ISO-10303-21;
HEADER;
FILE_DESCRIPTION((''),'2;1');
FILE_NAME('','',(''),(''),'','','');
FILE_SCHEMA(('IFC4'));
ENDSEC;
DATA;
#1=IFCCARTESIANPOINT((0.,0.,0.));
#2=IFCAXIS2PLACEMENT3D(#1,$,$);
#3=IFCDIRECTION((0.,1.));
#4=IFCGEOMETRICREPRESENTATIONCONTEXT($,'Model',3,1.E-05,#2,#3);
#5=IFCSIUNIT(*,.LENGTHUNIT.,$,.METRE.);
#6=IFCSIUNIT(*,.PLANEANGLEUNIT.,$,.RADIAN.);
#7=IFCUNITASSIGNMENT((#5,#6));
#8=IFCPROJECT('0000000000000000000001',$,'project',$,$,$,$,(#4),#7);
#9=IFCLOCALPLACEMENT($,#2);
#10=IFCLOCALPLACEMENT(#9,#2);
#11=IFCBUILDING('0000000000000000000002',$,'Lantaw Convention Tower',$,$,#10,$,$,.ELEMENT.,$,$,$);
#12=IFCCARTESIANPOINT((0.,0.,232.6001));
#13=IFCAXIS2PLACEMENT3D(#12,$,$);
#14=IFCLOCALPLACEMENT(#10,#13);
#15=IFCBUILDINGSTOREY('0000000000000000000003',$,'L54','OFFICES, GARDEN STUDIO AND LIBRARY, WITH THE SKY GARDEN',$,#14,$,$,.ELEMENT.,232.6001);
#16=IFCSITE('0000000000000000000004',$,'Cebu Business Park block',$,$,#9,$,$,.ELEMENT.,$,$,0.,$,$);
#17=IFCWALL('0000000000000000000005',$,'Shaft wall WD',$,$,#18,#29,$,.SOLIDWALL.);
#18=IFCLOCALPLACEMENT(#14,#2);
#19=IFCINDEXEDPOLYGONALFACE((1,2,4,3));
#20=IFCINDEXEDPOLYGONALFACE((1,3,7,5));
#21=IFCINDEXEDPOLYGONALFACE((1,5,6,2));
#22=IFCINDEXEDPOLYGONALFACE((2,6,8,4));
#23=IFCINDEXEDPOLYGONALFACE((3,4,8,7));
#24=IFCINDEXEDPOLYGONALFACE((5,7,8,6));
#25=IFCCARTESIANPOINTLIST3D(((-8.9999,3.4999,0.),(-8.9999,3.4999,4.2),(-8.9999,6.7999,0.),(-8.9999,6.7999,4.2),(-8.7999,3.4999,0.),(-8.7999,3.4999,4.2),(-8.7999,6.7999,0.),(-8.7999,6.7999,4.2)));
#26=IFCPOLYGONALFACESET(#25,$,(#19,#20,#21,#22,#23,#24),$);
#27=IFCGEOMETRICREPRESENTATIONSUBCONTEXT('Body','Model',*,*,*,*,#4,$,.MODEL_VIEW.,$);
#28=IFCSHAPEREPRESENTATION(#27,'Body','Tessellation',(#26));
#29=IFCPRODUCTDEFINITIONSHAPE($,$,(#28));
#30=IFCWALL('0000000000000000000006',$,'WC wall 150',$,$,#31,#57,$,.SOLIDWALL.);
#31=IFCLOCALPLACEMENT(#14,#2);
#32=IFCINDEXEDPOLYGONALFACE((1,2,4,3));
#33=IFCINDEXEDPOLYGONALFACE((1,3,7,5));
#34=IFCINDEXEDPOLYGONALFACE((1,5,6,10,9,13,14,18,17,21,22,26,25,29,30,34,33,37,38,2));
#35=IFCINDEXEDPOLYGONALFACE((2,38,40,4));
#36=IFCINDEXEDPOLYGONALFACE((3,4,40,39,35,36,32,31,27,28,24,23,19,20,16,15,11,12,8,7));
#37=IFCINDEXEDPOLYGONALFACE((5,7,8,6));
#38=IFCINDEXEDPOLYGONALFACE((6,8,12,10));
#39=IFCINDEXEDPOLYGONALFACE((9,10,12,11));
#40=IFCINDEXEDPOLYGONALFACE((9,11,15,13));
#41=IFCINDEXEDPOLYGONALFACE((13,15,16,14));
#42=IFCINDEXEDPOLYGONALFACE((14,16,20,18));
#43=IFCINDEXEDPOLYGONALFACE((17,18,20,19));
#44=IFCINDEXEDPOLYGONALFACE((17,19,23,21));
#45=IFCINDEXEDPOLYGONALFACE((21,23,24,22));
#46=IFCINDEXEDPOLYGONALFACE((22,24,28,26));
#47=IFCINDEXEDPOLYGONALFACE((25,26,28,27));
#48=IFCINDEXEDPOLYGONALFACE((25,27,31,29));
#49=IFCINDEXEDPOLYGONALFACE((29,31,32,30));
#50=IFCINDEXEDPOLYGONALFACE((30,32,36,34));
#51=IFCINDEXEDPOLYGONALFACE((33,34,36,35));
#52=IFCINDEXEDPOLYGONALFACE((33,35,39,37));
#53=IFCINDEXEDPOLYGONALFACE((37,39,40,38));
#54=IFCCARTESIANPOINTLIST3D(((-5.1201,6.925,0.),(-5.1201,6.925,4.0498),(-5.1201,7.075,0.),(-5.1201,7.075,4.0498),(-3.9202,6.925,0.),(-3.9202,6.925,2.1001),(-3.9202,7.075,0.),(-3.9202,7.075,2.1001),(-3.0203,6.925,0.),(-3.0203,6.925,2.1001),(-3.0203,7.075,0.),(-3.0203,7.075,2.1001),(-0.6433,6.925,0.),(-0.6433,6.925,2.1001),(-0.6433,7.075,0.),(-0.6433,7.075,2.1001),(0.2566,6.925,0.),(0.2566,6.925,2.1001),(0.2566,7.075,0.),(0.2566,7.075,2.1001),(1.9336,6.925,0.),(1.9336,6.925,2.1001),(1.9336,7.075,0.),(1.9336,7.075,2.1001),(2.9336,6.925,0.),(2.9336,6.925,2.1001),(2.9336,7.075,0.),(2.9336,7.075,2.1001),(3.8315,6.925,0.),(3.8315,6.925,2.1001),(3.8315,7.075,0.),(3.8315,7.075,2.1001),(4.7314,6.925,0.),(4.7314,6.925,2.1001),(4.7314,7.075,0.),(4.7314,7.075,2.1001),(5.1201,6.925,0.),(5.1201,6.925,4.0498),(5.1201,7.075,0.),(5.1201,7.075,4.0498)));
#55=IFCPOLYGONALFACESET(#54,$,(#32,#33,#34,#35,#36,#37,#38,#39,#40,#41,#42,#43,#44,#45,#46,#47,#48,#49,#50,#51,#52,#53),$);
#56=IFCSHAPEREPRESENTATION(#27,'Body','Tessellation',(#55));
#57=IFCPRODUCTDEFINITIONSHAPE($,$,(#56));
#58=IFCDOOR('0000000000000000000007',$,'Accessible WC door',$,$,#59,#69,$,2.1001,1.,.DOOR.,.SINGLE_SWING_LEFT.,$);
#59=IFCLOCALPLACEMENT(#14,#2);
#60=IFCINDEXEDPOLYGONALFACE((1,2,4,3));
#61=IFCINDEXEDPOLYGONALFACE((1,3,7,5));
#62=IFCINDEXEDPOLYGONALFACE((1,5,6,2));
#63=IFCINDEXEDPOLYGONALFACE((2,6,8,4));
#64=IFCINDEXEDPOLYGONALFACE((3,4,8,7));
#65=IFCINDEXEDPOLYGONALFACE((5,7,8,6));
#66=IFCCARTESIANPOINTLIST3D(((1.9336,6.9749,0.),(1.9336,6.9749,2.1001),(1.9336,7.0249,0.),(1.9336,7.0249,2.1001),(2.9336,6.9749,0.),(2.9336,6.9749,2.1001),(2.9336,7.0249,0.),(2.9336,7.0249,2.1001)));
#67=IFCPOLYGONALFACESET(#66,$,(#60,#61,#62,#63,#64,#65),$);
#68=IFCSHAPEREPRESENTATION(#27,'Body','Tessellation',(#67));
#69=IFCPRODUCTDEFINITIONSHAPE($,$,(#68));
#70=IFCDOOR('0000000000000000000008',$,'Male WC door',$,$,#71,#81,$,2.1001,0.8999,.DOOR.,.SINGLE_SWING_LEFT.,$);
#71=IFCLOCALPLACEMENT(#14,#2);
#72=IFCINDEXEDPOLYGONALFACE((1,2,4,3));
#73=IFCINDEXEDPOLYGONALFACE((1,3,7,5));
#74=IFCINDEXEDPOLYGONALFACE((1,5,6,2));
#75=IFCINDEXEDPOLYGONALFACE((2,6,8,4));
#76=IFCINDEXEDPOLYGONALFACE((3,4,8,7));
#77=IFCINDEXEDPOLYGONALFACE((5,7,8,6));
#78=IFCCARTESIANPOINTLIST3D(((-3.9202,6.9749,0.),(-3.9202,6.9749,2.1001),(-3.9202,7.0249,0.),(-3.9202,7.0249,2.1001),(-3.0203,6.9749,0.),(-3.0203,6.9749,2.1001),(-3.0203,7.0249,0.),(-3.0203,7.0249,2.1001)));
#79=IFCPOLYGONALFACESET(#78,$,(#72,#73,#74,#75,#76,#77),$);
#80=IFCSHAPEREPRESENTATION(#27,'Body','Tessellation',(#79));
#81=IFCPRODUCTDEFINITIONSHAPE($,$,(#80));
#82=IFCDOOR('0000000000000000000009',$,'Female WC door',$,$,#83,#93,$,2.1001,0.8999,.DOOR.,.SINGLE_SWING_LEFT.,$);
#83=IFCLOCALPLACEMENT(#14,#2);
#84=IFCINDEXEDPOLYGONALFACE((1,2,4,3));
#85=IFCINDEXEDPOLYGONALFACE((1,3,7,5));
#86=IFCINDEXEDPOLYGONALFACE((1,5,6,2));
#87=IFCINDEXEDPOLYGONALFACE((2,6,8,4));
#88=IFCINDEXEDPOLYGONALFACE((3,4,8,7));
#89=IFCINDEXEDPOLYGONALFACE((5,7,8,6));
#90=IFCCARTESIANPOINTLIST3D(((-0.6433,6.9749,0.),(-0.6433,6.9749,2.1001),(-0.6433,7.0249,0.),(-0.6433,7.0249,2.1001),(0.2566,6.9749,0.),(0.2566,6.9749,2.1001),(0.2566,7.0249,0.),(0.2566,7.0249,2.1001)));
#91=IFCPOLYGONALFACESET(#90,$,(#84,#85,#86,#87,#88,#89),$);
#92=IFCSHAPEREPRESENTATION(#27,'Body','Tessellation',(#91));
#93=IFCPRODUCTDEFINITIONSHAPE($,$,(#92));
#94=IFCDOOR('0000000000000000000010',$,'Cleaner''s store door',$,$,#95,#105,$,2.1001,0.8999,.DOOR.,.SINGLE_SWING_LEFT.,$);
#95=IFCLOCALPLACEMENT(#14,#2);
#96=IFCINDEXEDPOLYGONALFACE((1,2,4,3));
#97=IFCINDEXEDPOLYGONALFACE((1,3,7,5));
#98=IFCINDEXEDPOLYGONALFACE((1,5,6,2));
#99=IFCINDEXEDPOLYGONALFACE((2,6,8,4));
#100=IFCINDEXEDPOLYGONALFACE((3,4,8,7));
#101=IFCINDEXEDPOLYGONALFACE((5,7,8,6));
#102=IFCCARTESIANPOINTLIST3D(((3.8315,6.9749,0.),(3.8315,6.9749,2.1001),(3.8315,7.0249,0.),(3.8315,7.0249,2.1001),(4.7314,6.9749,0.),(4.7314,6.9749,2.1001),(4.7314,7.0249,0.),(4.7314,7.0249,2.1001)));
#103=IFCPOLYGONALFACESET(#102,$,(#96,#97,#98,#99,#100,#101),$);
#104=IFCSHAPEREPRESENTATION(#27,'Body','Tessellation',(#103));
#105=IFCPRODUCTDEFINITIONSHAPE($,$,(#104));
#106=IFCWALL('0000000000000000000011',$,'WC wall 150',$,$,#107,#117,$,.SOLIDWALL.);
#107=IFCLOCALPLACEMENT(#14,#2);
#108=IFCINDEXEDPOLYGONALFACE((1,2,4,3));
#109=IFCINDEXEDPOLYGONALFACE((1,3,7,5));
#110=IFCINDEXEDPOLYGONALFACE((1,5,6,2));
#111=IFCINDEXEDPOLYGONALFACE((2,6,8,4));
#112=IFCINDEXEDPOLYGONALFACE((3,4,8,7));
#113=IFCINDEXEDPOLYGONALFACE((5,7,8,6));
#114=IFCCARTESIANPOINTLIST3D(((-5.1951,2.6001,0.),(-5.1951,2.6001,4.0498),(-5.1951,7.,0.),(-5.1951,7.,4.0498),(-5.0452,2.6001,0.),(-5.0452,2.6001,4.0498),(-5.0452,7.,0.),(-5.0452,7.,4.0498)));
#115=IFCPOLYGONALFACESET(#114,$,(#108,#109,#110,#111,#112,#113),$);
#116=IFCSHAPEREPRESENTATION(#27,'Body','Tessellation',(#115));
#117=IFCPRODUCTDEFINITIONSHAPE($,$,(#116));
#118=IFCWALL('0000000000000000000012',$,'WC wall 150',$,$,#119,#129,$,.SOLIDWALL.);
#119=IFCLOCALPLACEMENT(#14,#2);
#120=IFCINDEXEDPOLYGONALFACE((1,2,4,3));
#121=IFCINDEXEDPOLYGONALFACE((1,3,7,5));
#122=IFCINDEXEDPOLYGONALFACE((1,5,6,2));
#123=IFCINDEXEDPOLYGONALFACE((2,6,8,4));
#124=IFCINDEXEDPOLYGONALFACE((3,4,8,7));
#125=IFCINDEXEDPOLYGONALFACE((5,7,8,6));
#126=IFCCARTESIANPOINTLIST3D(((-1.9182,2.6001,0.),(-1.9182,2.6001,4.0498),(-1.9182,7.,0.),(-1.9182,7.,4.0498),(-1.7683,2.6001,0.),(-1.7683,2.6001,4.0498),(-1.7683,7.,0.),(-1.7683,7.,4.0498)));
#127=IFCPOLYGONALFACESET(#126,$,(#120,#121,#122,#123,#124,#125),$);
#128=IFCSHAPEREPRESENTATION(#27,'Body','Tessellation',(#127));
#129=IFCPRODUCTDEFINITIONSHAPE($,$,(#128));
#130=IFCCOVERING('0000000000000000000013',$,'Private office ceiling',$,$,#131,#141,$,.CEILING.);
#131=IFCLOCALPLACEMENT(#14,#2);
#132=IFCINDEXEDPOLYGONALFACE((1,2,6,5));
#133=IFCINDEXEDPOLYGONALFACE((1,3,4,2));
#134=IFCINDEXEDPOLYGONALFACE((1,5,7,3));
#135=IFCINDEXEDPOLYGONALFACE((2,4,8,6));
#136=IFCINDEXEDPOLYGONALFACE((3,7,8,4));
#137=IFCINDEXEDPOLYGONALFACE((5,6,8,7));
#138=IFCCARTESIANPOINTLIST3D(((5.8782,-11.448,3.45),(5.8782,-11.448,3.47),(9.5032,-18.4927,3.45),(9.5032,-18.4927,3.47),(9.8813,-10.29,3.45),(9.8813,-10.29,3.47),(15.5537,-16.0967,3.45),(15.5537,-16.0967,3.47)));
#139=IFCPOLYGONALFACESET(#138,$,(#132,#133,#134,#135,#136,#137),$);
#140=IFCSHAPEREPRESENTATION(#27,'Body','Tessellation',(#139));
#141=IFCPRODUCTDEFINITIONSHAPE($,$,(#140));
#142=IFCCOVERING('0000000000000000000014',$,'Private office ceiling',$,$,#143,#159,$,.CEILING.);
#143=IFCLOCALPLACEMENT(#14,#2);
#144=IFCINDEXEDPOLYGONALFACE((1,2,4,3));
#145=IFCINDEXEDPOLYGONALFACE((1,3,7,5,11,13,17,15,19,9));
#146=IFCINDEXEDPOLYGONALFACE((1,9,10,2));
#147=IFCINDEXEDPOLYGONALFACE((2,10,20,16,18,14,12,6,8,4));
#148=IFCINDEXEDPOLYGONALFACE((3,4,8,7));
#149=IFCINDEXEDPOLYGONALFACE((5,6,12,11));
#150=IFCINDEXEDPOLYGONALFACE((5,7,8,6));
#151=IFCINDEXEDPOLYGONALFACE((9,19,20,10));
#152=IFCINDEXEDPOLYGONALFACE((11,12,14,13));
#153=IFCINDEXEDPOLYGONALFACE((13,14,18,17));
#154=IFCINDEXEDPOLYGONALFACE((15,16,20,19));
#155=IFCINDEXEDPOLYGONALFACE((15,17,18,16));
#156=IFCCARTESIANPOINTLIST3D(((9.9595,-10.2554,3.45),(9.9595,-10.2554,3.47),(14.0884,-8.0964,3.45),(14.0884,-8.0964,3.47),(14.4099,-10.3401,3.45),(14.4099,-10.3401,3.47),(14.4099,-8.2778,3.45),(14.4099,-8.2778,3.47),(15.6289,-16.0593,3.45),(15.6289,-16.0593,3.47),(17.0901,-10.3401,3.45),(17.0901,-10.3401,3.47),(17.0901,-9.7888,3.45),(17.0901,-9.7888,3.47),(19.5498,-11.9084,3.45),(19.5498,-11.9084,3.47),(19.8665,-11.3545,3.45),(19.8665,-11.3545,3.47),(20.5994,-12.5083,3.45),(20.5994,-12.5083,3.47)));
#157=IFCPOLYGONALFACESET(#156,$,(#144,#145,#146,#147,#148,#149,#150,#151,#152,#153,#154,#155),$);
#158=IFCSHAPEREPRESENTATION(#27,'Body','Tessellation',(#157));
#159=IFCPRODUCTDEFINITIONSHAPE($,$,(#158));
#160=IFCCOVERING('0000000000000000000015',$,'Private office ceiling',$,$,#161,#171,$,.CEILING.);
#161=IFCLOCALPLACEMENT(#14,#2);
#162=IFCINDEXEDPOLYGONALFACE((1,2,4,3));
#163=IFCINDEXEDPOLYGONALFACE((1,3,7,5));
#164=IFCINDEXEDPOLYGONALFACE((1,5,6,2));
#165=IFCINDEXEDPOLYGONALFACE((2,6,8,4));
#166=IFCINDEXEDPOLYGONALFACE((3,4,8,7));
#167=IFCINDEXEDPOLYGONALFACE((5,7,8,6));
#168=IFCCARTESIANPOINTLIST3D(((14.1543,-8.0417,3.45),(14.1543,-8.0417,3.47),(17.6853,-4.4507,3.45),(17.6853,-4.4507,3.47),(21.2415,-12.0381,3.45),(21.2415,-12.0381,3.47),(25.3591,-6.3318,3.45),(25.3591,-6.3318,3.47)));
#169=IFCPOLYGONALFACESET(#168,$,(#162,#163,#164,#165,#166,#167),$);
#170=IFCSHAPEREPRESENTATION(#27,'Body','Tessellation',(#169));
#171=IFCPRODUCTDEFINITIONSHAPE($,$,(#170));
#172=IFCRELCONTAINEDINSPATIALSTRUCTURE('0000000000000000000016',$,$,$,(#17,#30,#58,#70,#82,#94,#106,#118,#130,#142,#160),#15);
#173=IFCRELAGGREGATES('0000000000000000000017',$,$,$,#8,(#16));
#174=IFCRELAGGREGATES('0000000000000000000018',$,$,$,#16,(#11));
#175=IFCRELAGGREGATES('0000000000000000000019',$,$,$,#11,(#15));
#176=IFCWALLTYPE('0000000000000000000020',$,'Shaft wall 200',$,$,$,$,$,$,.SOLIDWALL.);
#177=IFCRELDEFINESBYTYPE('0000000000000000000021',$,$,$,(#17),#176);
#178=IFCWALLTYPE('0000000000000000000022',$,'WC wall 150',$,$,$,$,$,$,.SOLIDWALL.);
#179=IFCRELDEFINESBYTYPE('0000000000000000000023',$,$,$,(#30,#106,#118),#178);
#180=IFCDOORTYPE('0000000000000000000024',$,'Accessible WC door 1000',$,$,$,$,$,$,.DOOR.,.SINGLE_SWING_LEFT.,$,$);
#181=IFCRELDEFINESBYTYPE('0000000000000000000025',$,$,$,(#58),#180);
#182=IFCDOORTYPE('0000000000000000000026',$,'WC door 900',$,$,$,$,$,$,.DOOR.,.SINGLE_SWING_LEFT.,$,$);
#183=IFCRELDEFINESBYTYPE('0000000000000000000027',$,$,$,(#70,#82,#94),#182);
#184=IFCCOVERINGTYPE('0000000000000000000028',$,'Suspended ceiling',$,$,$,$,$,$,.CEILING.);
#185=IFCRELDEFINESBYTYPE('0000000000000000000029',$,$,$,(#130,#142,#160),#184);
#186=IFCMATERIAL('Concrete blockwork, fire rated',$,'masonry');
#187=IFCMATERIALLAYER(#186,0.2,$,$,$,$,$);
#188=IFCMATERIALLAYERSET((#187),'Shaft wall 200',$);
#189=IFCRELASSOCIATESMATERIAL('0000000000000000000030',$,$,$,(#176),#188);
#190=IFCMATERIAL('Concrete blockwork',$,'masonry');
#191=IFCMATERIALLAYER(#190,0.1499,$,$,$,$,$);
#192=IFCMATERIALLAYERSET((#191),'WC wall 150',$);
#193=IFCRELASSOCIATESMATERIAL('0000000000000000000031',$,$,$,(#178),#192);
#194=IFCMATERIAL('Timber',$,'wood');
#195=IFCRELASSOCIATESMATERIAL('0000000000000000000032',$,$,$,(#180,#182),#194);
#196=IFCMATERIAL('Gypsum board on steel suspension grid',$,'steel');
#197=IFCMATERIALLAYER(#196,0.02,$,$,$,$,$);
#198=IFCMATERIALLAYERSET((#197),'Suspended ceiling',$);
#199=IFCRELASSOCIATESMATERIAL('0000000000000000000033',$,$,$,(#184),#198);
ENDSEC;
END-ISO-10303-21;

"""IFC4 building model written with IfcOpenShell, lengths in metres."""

from ifc_helpers import new_model, si_unit, direction, frame, frame_2d, origin, place, context, subcontext, project, spatial, polyline, rectangle, outline, extrude, material, layer, layer_set, type_object, element, fill, save


model = new_model("IFC4")

# Units and contexts
model_context = context("Model", 3, precision=1e-05, world=origin(), true_north=direction((0.0, 1.0)))
body_context = subcontext(model_context, "Body", "Model", "MODEL_VIEW")
ifc_project = project(units=[si_unit("LENGTHUNIT", "METRE"), si_unit("PLANEANGLEUNIT", "RADIAN")], contexts=[model_context])

# Site, building, storey
site_placement = place(None, origin())
site = spatial("IfcSite", under=ifc_project, at=site_placement, Name="Cebu Business Park block", CompositionType="ELEMENT", RefElevation=0.0)
building_placement = place(site_placement, origin())
building = spatial("IfcBuilding", under=site, at=building_placement, Name="Lantaw Convention Tower", CompositionType="ELEMENT")
storey_placement = place(building_placement, frame((0.0, 0.0, 232.6001)))
storey = spatial("IfcBuildingStorey", under=building, at=storey_placement, Name="L54", Description="OFFICES, GARDEN STUDIO AND LIBRARY, WITH THE SKY GARDEN", CompositionType="ELEMENT", Elevation=232.6001)

# Wall
ifc_material_1 = material(Name="Concrete blockwork, fire rated", Category="masonry")
ifc_layer_1 = layer(ifc_material_1, 0.2)
ifc_layer_set_1 = layer_set([ifc_layer_1], Name="Shaft wall 200")
wall_type_1 = type_object("IfcWallType", Name="Shaft wall 200", PredefinedType="SOLIDWALL", material=ifc_layer_set_1)
wall_1_placement = place(storey_placement, frame((-8.8999, 3.5, 0.0), z_axis=(0.0, 0.0, 1.0), x_axis=(0.0, 1.0, 0.0)))
element("IfcWall", 1, at=wall_1_placement, inside=storey, type_object=wall_type_1, Name="Shaft wall WD", PredefinedType="SOLIDWALL", context=body_context, shape_type="SweptSolid", body=[
    extrude(rectangle(XDim=3.3, YDim=0.2, at=frame_2d((1.6499, 0.0))), origin(), (0.0, 0.0, 1.0), 4.2),
])

# Wall, openings, doors
ifc_material_2 = material(Name="Concrete blockwork", Category="masonry")
ifc_layer_2 = layer(ifc_material_2, 0.1499)
ifc_layer_set_2 = layer_set([ifc_layer_2], Name="WC wall 150")
wall_type_2 = type_object("IfcWallType", Name="WC wall 150", PredefinedType="SOLIDWALL", material=ifc_layer_set_2)
wall_2_placement = place(storey_placement, frame((-5.1201, 7.0, 0.0), z_axis=(0.0, 0.0, 1.0), x_axis=(1.0, 0.0, 0.0)))
wall_2 = element("IfcWall", 2, at=wall_2_placement, inside=storey, type_object=wall_type_2, Name="WC wall 150", PredefinedType="SOLIDWALL", context=body_context, shape_type="SweptSolid", body=[
    extrude(rectangle(XDim=10.2402, YDim=0.1499, at=frame_2d((5.1201, 0.0))), origin(), (0.0, 0.0, 1.0), 4.0498),
])
opening_1_placement = place(wall_2_placement, frame((1.2, 0.0, 0.0)))
opening_1 = element("IfcOpeningElement", 3, at=opening_1_placement, cuts=wall_2, PredefinedType="OPENING", context=body_context, shape_type="SweptSolid", body=[
    extrude(rectangle(XDim=0.8999, YDim=2.1001, at=frame_2d((0.45, 1.05))), frame((0.0, 0.085, 0.0), z_axis=(0.0, -1.0, 0.0), x_axis=(1.0, 0.0, 0.0)), (0.0, 0.0, 1.0), 0.1699),
])
opening_2_placement = place(wall_2_placement, frame((4.4768, 0.0, 0.0)))
opening_2 = element("IfcOpeningElement", 4, at=opening_2_placement, cuts=wall_2, PredefinedType="OPENING", context=body_context, shape_type="SweptSolid", body=[
    extrude(rectangle(XDim=0.8999, YDim=2.1001, at=frame_2d((0.45, 1.05))), frame((0.0, 0.085, 0.0), z_axis=(0.0, -1.0, 0.0), x_axis=(1.0, 0.0, 0.0)), (0.0, 0.0, 1.0), 0.1699),
])
opening_3_placement = place(wall_2_placement, frame((7.0537, 0.0, 0.0)))
opening_3 = element("IfcOpeningElement", 5, at=opening_3_placement, cuts=wall_2, PredefinedType="OPENING", context=body_context, shape_type="SweptSolid", body=[
    extrude(rectangle(XDim=1.0, YDim=2.1001, at=frame_2d((0.5, 1.05))), frame((0.0, 0.085, 0.0), z_axis=(0.0, -1.0, 0.0), x_axis=(1.0, 0.0, 0.0)), (0.0, 0.0, 1.0), 0.1699),
])
opening_4_placement = place(wall_2_placement, frame((8.9517, 0.0, 0.0)))
opening_4 = element("IfcOpeningElement", 6, at=opening_4_placement, cuts=wall_2, PredefinedType="OPENING", context=body_context, shape_type="SweptSolid", body=[
    extrude(rectangle(XDim=0.8999, YDim=2.1001, at=frame_2d((0.45, 1.05))), frame((0.0, 0.085, 0.0), z_axis=(0.0, -1.0, 0.0), x_axis=(1.0, 0.0, 0.0)), (0.0, 0.0, 1.0), 0.1699),
])
ifc_material_3 = material(Name="Timber", Category="wood")
door_type_1 = type_object("IfcDoorType", Name="Accessible WC door 1000", OperationType="SINGLE_SWING_LEFT", PredefinedType="DOOR", material=ifc_material_3)
door_1_placement = place(opening_3_placement, origin())
door_1 = element("IfcDoor", 7, at=door_1_placement, inside=storey, type_object=door_type_1, Name="Accessible WC door", OperationType="SINGLE_SWING_LEFT", OverallHeight=2.1001, OverallWidth=1.0, PredefinedType="DOOR", context=body_context, shape_type="SweptSolid", body=[
    extrude(rectangle(XDim=1.0, YDim=2.1001, at=frame_2d((0.5, 1.05))), frame((0.0, 0.0249, 0.0), z_axis=(0.0, -1.0, 0.0), x_axis=(1.0, 0.0, 0.0)), (0.0, 0.0, 1.0), 0.05),
])
fill(opening_3, door_1)
door_type_2 = type_object("IfcDoorType", Name="WC door 900", OperationType="SINGLE_SWING_LEFT", PredefinedType="DOOR", material=ifc_material_3)
door_2_placement = place(opening_1_placement, origin())
door_2 = element("IfcDoor", 8, at=door_2_placement, inside=storey, type_object=door_type_2, Name="Male WC door", OperationType="SINGLE_SWING_LEFT", OverallHeight=2.1001, OverallWidth=0.8999, PredefinedType="DOOR", context=body_context, shape_type="SweptSolid", body=[
    extrude(rectangle(XDim=0.8999, YDim=2.1001, at=frame_2d((0.45, 1.05))), frame((0.0, 0.0249, 0.0), z_axis=(0.0, -1.0, 0.0), x_axis=(1.0, 0.0, 0.0)), (0.0, 0.0, 1.0), 0.05),
])
fill(opening_1, door_2)
door_3_placement = place(opening_2_placement, origin())
door_3 = element("IfcDoor", 9, at=door_3_placement, inside=storey, type_object=door_type_2, Name="Female WC door", OperationType="SINGLE_SWING_LEFT", OverallHeight=2.1001, OverallWidth=0.8999, PredefinedType="DOOR", context=body_context, shape_type="SweptSolid", body=[
    extrude(rectangle(XDim=0.8999, YDim=2.1001, at=frame_2d((0.45, 1.05))), frame((0.0, 0.0249, 0.0), z_axis=(0.0, -1.0, 0.0), x_axis=(1.0, 0.0, 0.0)), (0.0, 0.0, 1.0), 0.05),
])
fill(opening_2, door_3)
door_4_placement = place(opening_4_placement, origin())
door_4 = element("IfcDoor", 10, at=door_4_placement, inside=storey, type_object=door_type_2, Name="Cleaner's store door", OperationType="SINGLE_SWING_LEFT", OverallHeight=2.1001, OverallWidth=0.8999, PredefinedType="DOOR", context=body_context, shape_type="SweptSolid", body=[
    extrude(rectangle(XDim=0.8999, YDim=2.1001, at=frame_2d((0.45, 1.05))), frame((0.0, 0.0249, 0.0), z_axis=(0.0, -1.0, 0.0), x_axis=(1.0, 0.0, 0.0)), (0.0, 0.0, 1.0), 0.05),
])
fill(opening_4, door_4)

# Walls
for number, where, z_axis, x_axis, name in (
    (11, (-5.1201, 2.6001, 0.0), (0.0, 0.0, 1.0), (0.0, 1.0, 0.0), "WC wall 150"),
    (12, (-1.8433, 2.6001, 0.0), (0.0, 0.0, 1.0), (0.0, 1.0, 0.0), "WC wall 150"),
):
    element("IfcWall", number, at=place(storey_placement, frame(where, z_axis=z_axis, x_axis=x_axis)), inside=storey, type_object=wall_type_2, Name=name, PredefinedType="SOLIDWALL", context=body_context, shape_type="SweptSolid", body=[
        extrude(rectangle(XDim=4.3999, YDim=0.1499, at=frame_2d((2.2, 0.0))), origin(), (0.0, 0.0, 1.0), 4.0498),
    ])

# Coverings
ifc_material_4 = material(Name="Gypsum board on steel suspension grid", Category="steel")
ifc_layer_3 = layer(ifc_material_4, 0.02)
ifc_layer_set_3 = layer_set([ifc_layer_3], Name="Suspended ceiling")
covering_type = type_object("IfcCoveringType", Name="Suspended ceiling", PredefinedType="CEILING", material=ifc_layer_set_3)
covering_1_placement = place(storey_placement, frame((0.0, 0.0, 3.45)))
element("IfcCovering", 13, at=covering_1_placement, inside=storey, type_object=covering_type, Name="Private office ceiling", PredefinedType="CEILING", context=body_context, shape_type="SweptSolid", body=[
    extrude(outline(polyline([(5.8782, -11.448), (9.5032, -18.4927), (15.5537, -16.0967), (9.8813, -10.29), (5.8782, -11.448)])), origin(), (0.0, 0.0, 1.0), 0.02),
])
covering_2_placement = place(storey_placement, frame((0.0, 0.0, 3.45)))
element("IfcCovering", 14, at=covering_2_placement, inside=storey, type_object=covering_type, Name="Private office ceiling", PredefinedType="CEILING", context=body_context, shape_type="SweptSolid", body=[
    extrude(outline(polyline([(14.0884, -8.0964), (9.9595, -10.2554), (15.6289, -16.0593), (20.5994, -12.5083), (19.5498, -11.9084), (19.8665, -11.3545), (17.0901, -9.7888), (17.0901, -10.3401), (14.4099, -10.3401), (14.4099, -8.2778), (14.0884, -8.0964)])), origin(), (0.0, 0.0, 1.0), 0.02),
])
covering_3_placement = place(storey_placement, frame((0.0, 0.0, 3.45)))
element("IfcCovering", 15, at=covering_3_placement, inside=storey, type_object=covering_type, Name="Private office ceiling", PredefinedType="CEILING", context=body_context, shape_type="SweptSolid", body=[
    extrude(outline(polyline([(14.1543, -8.0417), (21.2415, -12.0381), (25.3591, -6.3318), (17.6853, -4.4507), (14.1543, -8.0417)])), origin(), (0.0, 0.0, 1.0), 0.02),
])

save(model, "model.ifc")
